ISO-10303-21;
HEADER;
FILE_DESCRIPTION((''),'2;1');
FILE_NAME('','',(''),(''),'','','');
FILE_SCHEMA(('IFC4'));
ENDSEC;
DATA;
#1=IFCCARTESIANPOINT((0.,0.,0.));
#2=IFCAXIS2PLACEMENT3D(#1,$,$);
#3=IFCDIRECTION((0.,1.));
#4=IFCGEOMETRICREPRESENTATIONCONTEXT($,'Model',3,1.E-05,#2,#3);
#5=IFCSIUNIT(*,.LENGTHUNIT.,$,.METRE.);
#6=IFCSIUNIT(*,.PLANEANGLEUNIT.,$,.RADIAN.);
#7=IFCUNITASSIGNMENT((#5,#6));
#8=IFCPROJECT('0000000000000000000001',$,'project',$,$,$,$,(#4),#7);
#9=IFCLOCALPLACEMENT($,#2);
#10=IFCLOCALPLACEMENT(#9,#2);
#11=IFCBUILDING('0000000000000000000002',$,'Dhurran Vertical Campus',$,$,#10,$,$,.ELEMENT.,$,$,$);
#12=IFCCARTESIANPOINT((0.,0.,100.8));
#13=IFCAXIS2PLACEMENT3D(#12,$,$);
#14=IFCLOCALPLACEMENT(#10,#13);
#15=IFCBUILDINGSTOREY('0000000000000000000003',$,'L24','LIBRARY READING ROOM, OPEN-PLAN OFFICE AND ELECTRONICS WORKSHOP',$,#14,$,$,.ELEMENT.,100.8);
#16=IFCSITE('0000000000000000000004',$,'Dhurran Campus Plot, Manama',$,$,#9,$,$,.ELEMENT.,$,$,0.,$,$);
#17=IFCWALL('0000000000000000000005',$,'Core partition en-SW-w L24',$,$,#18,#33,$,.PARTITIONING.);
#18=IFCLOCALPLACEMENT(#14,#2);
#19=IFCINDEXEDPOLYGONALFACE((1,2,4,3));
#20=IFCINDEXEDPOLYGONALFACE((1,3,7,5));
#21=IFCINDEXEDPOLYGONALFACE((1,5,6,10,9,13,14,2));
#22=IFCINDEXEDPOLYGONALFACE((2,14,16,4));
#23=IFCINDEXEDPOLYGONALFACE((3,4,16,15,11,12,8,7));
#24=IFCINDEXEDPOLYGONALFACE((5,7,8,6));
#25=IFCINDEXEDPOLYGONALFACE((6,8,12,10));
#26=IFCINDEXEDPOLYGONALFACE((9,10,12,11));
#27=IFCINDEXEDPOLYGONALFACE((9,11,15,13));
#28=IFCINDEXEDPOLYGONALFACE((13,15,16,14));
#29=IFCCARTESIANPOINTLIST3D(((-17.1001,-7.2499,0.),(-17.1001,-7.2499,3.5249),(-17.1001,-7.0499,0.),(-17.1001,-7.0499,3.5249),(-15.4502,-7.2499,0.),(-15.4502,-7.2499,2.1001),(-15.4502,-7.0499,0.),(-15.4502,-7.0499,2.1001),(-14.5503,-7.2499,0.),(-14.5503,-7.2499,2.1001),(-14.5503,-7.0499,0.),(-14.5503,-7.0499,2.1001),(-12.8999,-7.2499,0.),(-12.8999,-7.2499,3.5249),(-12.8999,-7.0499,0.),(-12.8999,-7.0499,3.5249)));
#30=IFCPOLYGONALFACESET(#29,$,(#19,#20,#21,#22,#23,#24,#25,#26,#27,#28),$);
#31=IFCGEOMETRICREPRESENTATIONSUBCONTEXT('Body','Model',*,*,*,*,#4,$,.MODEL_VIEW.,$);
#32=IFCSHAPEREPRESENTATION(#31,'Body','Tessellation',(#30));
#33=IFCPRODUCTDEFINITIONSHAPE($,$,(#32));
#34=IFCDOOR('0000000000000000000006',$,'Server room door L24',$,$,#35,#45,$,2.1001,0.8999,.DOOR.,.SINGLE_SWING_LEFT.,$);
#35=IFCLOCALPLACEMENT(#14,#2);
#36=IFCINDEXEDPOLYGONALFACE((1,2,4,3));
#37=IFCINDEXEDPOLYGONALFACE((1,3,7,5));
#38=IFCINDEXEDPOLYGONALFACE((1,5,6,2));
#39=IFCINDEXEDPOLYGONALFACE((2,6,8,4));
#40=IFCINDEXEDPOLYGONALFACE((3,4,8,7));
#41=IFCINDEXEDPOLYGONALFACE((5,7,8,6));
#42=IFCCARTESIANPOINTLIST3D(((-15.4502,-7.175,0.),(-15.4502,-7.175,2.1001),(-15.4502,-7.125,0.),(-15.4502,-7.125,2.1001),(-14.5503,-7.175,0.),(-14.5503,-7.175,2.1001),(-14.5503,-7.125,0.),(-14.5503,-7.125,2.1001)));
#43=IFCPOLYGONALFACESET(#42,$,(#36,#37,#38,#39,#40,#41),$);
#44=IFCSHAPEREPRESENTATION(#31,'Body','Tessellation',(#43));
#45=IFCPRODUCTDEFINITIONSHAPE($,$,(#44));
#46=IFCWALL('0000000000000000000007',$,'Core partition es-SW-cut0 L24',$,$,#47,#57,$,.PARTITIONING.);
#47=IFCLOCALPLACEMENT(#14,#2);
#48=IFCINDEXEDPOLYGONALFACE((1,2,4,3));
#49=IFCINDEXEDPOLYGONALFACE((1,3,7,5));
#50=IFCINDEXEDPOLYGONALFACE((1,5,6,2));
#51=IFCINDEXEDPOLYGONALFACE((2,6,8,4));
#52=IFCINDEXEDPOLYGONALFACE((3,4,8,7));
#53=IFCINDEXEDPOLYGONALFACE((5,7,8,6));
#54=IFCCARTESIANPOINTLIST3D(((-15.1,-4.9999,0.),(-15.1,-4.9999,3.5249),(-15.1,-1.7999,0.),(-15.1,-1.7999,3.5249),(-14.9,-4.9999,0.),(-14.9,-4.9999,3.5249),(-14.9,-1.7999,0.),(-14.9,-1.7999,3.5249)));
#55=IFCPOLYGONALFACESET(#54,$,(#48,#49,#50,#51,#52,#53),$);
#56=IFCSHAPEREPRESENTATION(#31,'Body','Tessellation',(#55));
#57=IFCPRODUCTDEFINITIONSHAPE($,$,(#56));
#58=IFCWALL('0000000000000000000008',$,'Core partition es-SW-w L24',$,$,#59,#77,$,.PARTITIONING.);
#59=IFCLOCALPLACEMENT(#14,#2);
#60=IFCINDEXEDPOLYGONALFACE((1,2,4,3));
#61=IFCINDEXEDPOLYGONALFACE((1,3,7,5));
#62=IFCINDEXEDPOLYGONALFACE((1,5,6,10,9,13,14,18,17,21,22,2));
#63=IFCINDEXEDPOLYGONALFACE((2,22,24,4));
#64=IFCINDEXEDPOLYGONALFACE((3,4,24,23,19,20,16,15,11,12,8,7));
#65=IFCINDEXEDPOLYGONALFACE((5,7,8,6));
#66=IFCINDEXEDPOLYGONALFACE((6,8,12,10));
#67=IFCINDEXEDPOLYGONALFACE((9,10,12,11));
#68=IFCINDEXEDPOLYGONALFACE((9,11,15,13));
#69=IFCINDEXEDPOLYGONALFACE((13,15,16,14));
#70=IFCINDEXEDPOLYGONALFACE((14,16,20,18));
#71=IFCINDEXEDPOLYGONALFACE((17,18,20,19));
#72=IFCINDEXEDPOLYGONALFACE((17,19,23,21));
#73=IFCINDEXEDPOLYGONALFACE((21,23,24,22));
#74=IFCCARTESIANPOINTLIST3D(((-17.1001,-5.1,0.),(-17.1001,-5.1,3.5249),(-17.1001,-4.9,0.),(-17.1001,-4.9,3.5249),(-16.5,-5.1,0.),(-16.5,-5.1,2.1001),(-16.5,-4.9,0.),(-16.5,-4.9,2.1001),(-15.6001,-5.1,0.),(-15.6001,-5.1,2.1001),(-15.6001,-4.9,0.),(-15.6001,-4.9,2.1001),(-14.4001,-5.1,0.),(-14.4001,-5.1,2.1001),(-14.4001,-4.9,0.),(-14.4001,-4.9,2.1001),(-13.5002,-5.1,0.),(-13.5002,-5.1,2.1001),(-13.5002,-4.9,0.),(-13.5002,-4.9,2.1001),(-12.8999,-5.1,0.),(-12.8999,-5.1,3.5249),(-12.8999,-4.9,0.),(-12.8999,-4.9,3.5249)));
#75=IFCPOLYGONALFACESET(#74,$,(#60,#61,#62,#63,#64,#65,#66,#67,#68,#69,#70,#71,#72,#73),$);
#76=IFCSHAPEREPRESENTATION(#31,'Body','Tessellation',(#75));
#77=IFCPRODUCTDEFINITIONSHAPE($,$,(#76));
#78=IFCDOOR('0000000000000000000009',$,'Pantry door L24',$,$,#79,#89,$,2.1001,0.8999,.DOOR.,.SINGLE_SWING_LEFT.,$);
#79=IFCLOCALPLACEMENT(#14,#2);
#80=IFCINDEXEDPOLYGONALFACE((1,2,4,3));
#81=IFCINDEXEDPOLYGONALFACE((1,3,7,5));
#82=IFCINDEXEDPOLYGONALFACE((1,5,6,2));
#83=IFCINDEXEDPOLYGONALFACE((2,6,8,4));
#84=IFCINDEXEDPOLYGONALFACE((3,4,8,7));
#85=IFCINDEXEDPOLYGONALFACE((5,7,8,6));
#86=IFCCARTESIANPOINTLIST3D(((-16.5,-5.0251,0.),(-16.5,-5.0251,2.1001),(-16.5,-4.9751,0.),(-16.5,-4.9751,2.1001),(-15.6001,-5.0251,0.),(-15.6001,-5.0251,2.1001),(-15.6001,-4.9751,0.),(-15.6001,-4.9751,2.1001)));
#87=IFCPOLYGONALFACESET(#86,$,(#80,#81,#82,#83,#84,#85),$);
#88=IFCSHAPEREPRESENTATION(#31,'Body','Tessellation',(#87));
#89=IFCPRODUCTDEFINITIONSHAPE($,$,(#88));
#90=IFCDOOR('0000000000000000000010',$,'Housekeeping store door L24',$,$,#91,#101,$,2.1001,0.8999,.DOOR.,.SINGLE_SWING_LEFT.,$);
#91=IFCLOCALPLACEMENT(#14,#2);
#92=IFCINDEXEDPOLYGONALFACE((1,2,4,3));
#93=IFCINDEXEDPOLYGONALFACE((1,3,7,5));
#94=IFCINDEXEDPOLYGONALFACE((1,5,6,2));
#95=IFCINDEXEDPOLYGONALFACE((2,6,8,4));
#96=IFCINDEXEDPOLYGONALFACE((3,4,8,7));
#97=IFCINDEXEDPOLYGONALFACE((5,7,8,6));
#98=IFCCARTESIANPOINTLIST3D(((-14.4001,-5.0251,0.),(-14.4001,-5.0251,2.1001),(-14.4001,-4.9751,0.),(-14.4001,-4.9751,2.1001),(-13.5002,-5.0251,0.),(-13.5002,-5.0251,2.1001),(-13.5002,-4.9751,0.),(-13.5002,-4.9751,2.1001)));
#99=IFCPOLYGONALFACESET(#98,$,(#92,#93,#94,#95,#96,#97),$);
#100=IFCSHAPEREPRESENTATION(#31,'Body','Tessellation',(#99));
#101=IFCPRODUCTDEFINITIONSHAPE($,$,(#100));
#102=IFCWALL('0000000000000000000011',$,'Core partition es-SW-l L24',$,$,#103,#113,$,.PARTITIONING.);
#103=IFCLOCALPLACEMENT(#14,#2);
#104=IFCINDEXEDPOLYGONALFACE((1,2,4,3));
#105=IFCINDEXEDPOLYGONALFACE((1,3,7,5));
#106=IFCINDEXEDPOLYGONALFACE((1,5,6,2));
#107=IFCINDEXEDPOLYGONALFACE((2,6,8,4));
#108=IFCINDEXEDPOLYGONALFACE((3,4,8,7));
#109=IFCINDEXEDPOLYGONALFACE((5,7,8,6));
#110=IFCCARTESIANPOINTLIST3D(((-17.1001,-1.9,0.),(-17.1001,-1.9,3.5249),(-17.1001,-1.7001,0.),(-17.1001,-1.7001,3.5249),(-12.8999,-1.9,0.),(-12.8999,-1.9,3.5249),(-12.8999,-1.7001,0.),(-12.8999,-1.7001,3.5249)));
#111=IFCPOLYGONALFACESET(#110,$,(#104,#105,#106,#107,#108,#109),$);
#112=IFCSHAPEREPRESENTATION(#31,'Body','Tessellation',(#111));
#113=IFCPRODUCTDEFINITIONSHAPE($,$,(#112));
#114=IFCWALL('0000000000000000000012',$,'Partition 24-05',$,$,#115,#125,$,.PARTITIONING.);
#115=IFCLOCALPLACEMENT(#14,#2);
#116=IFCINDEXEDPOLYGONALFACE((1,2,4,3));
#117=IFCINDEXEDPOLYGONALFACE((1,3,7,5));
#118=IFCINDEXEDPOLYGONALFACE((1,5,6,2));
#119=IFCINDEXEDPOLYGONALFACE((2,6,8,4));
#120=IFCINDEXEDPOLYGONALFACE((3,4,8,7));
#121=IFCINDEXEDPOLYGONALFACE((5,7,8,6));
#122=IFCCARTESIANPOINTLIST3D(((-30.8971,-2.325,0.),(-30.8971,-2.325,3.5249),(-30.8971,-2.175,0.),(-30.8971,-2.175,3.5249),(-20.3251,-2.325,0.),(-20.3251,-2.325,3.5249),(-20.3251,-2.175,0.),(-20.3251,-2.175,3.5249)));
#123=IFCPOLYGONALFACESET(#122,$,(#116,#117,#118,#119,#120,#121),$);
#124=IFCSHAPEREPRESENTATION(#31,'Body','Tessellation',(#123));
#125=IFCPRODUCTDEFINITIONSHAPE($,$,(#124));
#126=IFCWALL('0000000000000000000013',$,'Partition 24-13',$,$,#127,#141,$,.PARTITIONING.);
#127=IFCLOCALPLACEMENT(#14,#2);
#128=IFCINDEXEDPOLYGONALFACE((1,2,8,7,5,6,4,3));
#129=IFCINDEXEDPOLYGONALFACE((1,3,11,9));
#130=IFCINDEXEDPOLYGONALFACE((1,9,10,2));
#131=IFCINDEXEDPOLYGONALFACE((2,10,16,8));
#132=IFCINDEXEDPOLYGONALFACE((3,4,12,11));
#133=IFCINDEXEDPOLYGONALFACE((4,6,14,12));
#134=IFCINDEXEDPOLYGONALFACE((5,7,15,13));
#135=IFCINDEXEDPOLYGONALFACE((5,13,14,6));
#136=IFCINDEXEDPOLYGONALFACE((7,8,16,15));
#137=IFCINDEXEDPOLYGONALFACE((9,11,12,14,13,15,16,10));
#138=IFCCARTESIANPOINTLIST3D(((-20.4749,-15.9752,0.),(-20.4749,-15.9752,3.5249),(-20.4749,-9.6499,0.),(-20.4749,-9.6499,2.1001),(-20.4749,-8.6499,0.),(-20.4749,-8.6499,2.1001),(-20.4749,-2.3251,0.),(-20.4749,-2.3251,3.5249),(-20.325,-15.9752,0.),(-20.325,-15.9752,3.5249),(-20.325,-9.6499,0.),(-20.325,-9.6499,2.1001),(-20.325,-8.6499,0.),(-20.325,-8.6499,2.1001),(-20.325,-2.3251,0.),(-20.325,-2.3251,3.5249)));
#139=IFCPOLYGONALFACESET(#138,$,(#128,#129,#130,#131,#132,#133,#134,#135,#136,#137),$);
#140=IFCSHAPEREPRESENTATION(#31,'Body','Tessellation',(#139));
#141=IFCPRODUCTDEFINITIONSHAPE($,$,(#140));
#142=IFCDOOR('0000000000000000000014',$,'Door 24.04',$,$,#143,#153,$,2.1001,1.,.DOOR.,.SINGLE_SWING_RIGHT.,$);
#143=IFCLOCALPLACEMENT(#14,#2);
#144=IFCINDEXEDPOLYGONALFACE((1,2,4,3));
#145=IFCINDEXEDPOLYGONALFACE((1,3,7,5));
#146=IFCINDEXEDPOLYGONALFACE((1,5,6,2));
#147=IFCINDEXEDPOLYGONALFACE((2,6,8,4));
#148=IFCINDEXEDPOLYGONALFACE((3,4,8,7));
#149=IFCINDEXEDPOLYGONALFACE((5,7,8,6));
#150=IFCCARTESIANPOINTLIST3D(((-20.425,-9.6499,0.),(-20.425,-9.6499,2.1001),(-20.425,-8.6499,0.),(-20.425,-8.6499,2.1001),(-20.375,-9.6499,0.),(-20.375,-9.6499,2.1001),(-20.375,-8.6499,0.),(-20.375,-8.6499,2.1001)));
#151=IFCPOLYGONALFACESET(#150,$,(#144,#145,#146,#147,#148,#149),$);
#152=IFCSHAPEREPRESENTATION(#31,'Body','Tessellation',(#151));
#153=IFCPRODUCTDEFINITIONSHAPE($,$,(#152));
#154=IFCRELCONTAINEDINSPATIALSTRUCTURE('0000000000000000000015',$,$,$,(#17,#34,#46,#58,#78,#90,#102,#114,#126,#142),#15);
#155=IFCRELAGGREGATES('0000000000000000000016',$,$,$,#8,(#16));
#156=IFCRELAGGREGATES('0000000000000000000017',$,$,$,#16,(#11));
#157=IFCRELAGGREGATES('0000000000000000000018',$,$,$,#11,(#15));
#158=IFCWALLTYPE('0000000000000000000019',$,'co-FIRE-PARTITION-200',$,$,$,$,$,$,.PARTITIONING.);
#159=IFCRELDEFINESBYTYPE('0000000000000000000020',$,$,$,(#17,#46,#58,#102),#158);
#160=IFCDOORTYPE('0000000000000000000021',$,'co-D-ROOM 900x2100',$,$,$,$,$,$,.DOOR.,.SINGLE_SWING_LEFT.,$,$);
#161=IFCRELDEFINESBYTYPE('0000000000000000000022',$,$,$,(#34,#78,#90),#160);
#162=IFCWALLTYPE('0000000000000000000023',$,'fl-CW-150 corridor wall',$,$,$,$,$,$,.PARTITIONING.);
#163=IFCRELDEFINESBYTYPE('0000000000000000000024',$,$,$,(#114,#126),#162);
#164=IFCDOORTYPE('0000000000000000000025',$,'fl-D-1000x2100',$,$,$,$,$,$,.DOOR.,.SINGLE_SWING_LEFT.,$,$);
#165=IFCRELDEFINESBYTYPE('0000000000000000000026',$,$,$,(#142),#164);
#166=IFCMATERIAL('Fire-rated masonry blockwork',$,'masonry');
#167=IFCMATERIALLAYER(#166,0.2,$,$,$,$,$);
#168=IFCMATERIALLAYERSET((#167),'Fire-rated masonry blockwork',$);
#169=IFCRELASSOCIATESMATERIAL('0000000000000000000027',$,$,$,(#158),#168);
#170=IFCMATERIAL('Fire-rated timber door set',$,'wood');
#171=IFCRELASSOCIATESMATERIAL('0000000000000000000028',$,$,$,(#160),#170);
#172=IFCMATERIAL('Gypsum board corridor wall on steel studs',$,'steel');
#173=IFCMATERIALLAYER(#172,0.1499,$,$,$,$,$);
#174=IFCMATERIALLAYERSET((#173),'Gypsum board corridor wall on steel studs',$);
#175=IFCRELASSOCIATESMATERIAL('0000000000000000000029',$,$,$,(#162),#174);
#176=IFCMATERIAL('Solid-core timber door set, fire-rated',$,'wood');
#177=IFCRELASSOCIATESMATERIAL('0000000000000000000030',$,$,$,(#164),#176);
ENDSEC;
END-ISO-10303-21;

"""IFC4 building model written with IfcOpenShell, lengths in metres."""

from ifc_helpers import new_model, si_unit, direction, frame, frame_2d, origin, place, context, subcontext, project, spatial, rectangle, extrude, material, layer, layer_set, type_object, element, fill, save


model = new_model("IFC4")

# Units and contexts
model_context = context("Model", 3, precision=1e-05, world=origin(), true_north=direction((0.0, 1.0)))
body_context = subcontext(model_context, "Body", "Model", "MODEL_VIEW")
ifc_project = project(units=[si_unit("LENGTHUNIT", "METRE"), si_unit("PLANEANGLEUNIT", "RADIAN")], contexts=[model_context])

# Site, building, storey
site_placement = place(None, origin())
site = spatial("IfcSite", under=ifc_project, at=site_placement, Name="Dhurran Campus Plot, Manama", CompositionType="ELEMENT", RefElevation=0.0)
building_placement = place(site_placement, origin())
building = spatial("IfcBuilding", under=site, at=building_placement, Name="Dhurran Vertical Campus", CompositionType="ELEMENT")
storey_placement = place(building_placement, frame((0.0, 0.0, 100.8)))
storey = spatial("IfcBuildingStorey", under=building, at=storey_placement, Name="L24", Description="LIBRARY READING ROOM, OPEN-PLAN OFFICE AND ELECTRONICS WORKSHOP", CompositionType="ELEMENT", Elevation=100.8)

# Wall, opening, door
ifc_material_1 = material(Name="Fire-rated masonry blockwork", Category="masonry")
ifc_layer_1 = layer(ifc_material_1, 0.2)
ifc_layer_set_1 = layer_set([ifc_layer_1], Name="Fire-rated masonry blockwork")
wall_type_1 = type_object("IfcWallType", Name="co-FIRE-PARTITION-200", PredefinedType="PARTITIONING", material=ifc_layer_set_1)
wall_1_placement = place(storey_placement, frame((-17.1001, -7.1499, 0.0), z_axis=(0.0, 0.0, 1.0), x_axis=(1.0, 0.0, 0.0)))
wall_1 = element("IfcWall", 1, at=wall_1_placement, inside=storey, type_object=wall_type_1, Name="Core partition en-SW-w L24", PredefinedType="PARTITIONING", context=body_context, shape_type="SweptSolid", body=[
    extrude(rectangle(XDim=4.2002, YDim=0.2, at=frame_2d((2.1001, 0.0))), origin(), (0.0, 0.0, 1.0), 3.5249),
])
opening_1_placement = place(wall_1_placement, frame((1.6499, 0.0, 0.0)))
opening_1 = element("IfcOpeningElement", 2, at=opening_1_placement, cuts=wall_1, PredefinedType="OPENING", context=body_context, shape_type="SweptSolid", body=[
    extrude(rectangle(XDim=0.8999, YDim=2.1001, at=frame_2d((0.45, 1.05))), frame((0.0, 0.1099, 0.0), z_axis=(0.0, -1.0, 0.0), x_axis=(1.0, 0.0, 0.0)), (0.0, 0.0, 1.0), 0.22),
])
ifc_material_2 = material(Name="Fire-rated timber door set", Category="wood")
door_type_1 = type_object("IfcDoorType", Name="co-D-ROOM 900x2100", OperationType="SINGLE_SWING_LEFT", PredefinedType="DOOR", material=ifc_material_2)
door_1_placement = place(opening_1_placement, origin())
door_1 = element("IfcDoor", 3, at=door_1_placement, inside=storey, type_object=door_type_1, Name="Server room door L24", OperationType="SINGLE_SWING_LEFT", OverallHeight=2.1001, OverallWidth=0.8999, PredefinedType="DOOR", context=body_context, shape_type="SweptSolid", body=[
    extrude(rectangle(XDim=0.8999, YDim=2.1001, at=frame_2d((0.45, 1.05))), frame((0.0, 0.0249, 0.0), z_axis=(0.0, -1.0, 0.0), x_axis=(1.0, 0.0, 0.0)), (0.0, 0.0, 1.0), 0.05),
])
fill(opening_1, door_1)

# Wall
wall_2_placement = place(storey_placement, frame((-15.0, -5.0, 0.0), z_axis=(0.0, 0.0, 1.0), x_axis=(0.0, 1.0, 0.0)))
element("IfcWall", 4, at=wall_2_placement, inside=storey, type_object=wall_type_1, Name="Core partition es-SW-cut0 L24", PredefinedType="PARTITIONING", context=body_context, shape_type="SweptSolid", body=[
    extrude(rectangle(XDim=3.2, YDim=0.2, at=frame_2d((1.6001, 0.0))), origin(), (0.0, 0.0, 1.0), 3.5249),
])

# Wall, openings, doors
wall_3_placement = place(storey_placement, frame((-17.1001, -5.0, 0.0), z_axis=(0.0, 0.0, 1.0), x_axis=(1.0, 0.0, 0.0)))
wall_3 = element("IfcWall", 5, at=wall_3_placement, inside=storey, type_object=wall_type_1, Name="Core partition es-SW-w L24", PredefinedType="PARTITIONING", context=body_context, shape_type="SweptSolid", body=[
    extrude(rectangle(XDim=4.2002, YDim=0.2, at=frame_2d((2.1001, 0.0))), origin(), (0.0, 0.0, 1.0), 3.5249),
])
opening_2_placement = place(wall_3_placement, frame((0.6001, 0.0, 0.0)))
opening_2 = element("IfcOpeningElement", 6, at=opening_2_placement, cuts=wall_3, PredefinedType="OPENING", context=body_context, shape_type="SweptSolid", body=[
    extrude(rectangle(XDim=0.8999, YDim=2.1001, at=frame_2d((0.45, 1.05))), frame((0.0, 0.1099, 0.0), z_axis=(0.0, -1.0, 0.0), x_axis=(1.0, 0.0, 0.0)), (0.0, 0.0, 1.0), 0.22),
])
opening_3_placement = place(wall_3_placement, frame((2.7, 0.0, 0.0)))
opening_3 = element("IfcOpeningElement", 7, at=opening_3_placement, cuts=wall_3, PredefinedType="OPENING", context=body_context, shape_type="SweptSolid", body=[
    extrude(rectangle(XDim=0.8999, YDim=2.1001, at=frame_2d((0.45, 1.05))), frame((0.0, 0.1099, 0.0), z_axis=(0.0, -1.0, 0.0), x_axis=(1.0, 0.0, 0.0)), (0.0, 0.0, 1.0), 0.22),
])
door_2_placement = place(opening_2_placement, origin())
door_2 = element("IfcDoor", 8, at=door_2_placement, inside=storey, type_object=door_type_1, Name="Pantry door L24", OperationType="SINGLE_SWING_LEFT", OverallHeight=2.1001, OverallWidth=0.8999, PredefinedType="DOOR", context=body_context, shape_type="SweptSolid", body=[
    extrude(rectangle(XDim=0.8999, YDim=2.1001, at=frame_2d((0.45, 1.05))), frame((0.0, 0.0249, 0.0), z_axis=(0.0, -1.0, 0.0), x_axis=(1.0, 0.0, 0.0)), (0.0, 0.0, 1.0), 0.05),
])
fill(opening_2, door_2)
door_3_placement = place(opening_3_placement, origin())
door_3 = element("IfcDoor", 9, at=door_3_placement, inside=storey, type_object=door_type_1, Name="Housekeeping store door L24", OperationType="SINGLE_SWING_LEFT", OverallHeight=2.1001, OverallWidth=0.8999, PredefinedType="DOOR", context=body_context, shape_type="SweptSolid", body=[
    extrude(rectangle(XDim=0.8999, YDim=2.1001, at=frame_2d((0.45, 1.05))), frame((0.0, 0.0249, 0.0), z_axis=(0.0, -1.0, 0.0), x_axis=(1.0, 0.0, 0.0)), (0.0, 0.0, 1.0), 0.05),
])
fill(opening_3, door_3)

# Walls
wall_4_placement = place(storey_placement, frame((-17.1001, -1.8, 0.0), z_axis=(0.0, 0.0, 1.0), x_axis=(1.0, 0.0, 0.0)))
element("IfcWall", 10, at=wall_4_placement, inside=storey, type_object=wall_type_1, Name="Core partition es-SW-l L24", PredefinedType="PARTITIONING", context=body_context, shape_type="SweptSolid", body=[
    extrude(rectangle(XDim=4.2002, YDim=0.2, at=frame_2d((2.1001, 0.0))), origin(), (0.0, 0.0, 1.0), 3.5249),
])
ifc_material_3 = material(Name="Gypsum board corridor wall on steel studs", Category="steel")
ifc_layer_2 = layer(ifc_material_3, 0.1499)
ifc_layer_set_2 = layer_set([ifc_layer_2], Name="Gypsum board corridor wall on steel studs")
wall_type_2 = type_object("IfcWallType", Name="fl-CW-150 corridor wall", PredefinedType="PARTITIONING", material=ifc_layer_set_2)
wall_5_placement = place(storey_placement, frame((-20.325, -2.25, 0.0), z_axis=(0.0, 0.0, 1.0), x_axis=(-1.0, 0.0, 0.0)))
element("IfcWall", 11, at=wall_5_placement, inside=storey, type_object=wall_type_2, Name="Partition 24-05", PredefinedType="PARTITIONING", context=body_context, shape_type="SweptSolid", body=[
    extrude(rectangle(XDim=10.572, YDim=0.1499, at=frame_2d((5.2861, 0.0))), origin(), (0.0, 0.0, 1.0), 3.5249),
])

# Wall, opening, door
wall_6_placement = place(storey_placement, frame((-20.3999, -2.325, 0.0), z_axis=(0.0, 0.0, 1.0), x_axis=(0.0, -1.0, 0.0)))
wall_6 = element("IfcWall", 12, at=wall_6_placement, inside=storey, type_object=wall_type_2, Name="Partition 24-13", PredefinedType="PARTITIONING", context=body_context, shape_type="SweptSolid", body=[
    extrude(rectangle(XDim=13.6501, YDim=0.1499, at=frame_2d((6.8252, 0.0))), origin(), (0.0, 0.0, 1.0), 3.5249),
])
opening_4_placement = place(wall_6_placement, frame((6.325, 0.0, 0.0)))
opening_4 = element("IfcOpeningElement", 13, at=opening_4_placement, cuts=wall_6, PredefinedType="OPENING", context=body_context, shape_type="SweptSolid", body=[
    extrude(rectangle(XDim=1.0, YDim=2.1001, at=frame_2d((0.5, 1.05))), frame((0.0, 0.085, 0.0), z_axis=(0.0, -1.0, 0.0), x_axis=(1.0, 0.0, 0.0)), (0.0, 0.0, 1.0), 0.1699),
])
ifc_material_4 = material(Name="Solid-core timber door set, fire-rated", Category="wood")
door_type_2 = type_object("IfcDoorType", Name="fl-D-1000x2100", OperationType="SINGLE_SWING_LEFT", PredefinedType="DOOR", material=ifc_material_4)
door_4_placement = place(opening_4_placement, origin())
door_4 = element("IfcDoor", 14, at=door_4_placement, inside=storey, type_object=door_type_2, Name="Door 24.04", OperationType="SINGLE_SWING_RIGHT", OverallHeight=2.1001, OverallWidth=1.0, PredefinedType="DOOR", context=body_context, shape_type="SweptSolid", body=[
    extrude(rectangle(XDim=1.0, YDim=2.1001, at=frame_2d((0.5, 1.05))), frame((0.0, 0.0249, 0.0), z_axis=(0.0, -1.0, 0.0), x_axis=(1.0, 0.0, 0.0)), (0.0, 0.0, 1.0), 0.05),
])
fill(opening_4, door_4)

save(model, "model.ifc")
